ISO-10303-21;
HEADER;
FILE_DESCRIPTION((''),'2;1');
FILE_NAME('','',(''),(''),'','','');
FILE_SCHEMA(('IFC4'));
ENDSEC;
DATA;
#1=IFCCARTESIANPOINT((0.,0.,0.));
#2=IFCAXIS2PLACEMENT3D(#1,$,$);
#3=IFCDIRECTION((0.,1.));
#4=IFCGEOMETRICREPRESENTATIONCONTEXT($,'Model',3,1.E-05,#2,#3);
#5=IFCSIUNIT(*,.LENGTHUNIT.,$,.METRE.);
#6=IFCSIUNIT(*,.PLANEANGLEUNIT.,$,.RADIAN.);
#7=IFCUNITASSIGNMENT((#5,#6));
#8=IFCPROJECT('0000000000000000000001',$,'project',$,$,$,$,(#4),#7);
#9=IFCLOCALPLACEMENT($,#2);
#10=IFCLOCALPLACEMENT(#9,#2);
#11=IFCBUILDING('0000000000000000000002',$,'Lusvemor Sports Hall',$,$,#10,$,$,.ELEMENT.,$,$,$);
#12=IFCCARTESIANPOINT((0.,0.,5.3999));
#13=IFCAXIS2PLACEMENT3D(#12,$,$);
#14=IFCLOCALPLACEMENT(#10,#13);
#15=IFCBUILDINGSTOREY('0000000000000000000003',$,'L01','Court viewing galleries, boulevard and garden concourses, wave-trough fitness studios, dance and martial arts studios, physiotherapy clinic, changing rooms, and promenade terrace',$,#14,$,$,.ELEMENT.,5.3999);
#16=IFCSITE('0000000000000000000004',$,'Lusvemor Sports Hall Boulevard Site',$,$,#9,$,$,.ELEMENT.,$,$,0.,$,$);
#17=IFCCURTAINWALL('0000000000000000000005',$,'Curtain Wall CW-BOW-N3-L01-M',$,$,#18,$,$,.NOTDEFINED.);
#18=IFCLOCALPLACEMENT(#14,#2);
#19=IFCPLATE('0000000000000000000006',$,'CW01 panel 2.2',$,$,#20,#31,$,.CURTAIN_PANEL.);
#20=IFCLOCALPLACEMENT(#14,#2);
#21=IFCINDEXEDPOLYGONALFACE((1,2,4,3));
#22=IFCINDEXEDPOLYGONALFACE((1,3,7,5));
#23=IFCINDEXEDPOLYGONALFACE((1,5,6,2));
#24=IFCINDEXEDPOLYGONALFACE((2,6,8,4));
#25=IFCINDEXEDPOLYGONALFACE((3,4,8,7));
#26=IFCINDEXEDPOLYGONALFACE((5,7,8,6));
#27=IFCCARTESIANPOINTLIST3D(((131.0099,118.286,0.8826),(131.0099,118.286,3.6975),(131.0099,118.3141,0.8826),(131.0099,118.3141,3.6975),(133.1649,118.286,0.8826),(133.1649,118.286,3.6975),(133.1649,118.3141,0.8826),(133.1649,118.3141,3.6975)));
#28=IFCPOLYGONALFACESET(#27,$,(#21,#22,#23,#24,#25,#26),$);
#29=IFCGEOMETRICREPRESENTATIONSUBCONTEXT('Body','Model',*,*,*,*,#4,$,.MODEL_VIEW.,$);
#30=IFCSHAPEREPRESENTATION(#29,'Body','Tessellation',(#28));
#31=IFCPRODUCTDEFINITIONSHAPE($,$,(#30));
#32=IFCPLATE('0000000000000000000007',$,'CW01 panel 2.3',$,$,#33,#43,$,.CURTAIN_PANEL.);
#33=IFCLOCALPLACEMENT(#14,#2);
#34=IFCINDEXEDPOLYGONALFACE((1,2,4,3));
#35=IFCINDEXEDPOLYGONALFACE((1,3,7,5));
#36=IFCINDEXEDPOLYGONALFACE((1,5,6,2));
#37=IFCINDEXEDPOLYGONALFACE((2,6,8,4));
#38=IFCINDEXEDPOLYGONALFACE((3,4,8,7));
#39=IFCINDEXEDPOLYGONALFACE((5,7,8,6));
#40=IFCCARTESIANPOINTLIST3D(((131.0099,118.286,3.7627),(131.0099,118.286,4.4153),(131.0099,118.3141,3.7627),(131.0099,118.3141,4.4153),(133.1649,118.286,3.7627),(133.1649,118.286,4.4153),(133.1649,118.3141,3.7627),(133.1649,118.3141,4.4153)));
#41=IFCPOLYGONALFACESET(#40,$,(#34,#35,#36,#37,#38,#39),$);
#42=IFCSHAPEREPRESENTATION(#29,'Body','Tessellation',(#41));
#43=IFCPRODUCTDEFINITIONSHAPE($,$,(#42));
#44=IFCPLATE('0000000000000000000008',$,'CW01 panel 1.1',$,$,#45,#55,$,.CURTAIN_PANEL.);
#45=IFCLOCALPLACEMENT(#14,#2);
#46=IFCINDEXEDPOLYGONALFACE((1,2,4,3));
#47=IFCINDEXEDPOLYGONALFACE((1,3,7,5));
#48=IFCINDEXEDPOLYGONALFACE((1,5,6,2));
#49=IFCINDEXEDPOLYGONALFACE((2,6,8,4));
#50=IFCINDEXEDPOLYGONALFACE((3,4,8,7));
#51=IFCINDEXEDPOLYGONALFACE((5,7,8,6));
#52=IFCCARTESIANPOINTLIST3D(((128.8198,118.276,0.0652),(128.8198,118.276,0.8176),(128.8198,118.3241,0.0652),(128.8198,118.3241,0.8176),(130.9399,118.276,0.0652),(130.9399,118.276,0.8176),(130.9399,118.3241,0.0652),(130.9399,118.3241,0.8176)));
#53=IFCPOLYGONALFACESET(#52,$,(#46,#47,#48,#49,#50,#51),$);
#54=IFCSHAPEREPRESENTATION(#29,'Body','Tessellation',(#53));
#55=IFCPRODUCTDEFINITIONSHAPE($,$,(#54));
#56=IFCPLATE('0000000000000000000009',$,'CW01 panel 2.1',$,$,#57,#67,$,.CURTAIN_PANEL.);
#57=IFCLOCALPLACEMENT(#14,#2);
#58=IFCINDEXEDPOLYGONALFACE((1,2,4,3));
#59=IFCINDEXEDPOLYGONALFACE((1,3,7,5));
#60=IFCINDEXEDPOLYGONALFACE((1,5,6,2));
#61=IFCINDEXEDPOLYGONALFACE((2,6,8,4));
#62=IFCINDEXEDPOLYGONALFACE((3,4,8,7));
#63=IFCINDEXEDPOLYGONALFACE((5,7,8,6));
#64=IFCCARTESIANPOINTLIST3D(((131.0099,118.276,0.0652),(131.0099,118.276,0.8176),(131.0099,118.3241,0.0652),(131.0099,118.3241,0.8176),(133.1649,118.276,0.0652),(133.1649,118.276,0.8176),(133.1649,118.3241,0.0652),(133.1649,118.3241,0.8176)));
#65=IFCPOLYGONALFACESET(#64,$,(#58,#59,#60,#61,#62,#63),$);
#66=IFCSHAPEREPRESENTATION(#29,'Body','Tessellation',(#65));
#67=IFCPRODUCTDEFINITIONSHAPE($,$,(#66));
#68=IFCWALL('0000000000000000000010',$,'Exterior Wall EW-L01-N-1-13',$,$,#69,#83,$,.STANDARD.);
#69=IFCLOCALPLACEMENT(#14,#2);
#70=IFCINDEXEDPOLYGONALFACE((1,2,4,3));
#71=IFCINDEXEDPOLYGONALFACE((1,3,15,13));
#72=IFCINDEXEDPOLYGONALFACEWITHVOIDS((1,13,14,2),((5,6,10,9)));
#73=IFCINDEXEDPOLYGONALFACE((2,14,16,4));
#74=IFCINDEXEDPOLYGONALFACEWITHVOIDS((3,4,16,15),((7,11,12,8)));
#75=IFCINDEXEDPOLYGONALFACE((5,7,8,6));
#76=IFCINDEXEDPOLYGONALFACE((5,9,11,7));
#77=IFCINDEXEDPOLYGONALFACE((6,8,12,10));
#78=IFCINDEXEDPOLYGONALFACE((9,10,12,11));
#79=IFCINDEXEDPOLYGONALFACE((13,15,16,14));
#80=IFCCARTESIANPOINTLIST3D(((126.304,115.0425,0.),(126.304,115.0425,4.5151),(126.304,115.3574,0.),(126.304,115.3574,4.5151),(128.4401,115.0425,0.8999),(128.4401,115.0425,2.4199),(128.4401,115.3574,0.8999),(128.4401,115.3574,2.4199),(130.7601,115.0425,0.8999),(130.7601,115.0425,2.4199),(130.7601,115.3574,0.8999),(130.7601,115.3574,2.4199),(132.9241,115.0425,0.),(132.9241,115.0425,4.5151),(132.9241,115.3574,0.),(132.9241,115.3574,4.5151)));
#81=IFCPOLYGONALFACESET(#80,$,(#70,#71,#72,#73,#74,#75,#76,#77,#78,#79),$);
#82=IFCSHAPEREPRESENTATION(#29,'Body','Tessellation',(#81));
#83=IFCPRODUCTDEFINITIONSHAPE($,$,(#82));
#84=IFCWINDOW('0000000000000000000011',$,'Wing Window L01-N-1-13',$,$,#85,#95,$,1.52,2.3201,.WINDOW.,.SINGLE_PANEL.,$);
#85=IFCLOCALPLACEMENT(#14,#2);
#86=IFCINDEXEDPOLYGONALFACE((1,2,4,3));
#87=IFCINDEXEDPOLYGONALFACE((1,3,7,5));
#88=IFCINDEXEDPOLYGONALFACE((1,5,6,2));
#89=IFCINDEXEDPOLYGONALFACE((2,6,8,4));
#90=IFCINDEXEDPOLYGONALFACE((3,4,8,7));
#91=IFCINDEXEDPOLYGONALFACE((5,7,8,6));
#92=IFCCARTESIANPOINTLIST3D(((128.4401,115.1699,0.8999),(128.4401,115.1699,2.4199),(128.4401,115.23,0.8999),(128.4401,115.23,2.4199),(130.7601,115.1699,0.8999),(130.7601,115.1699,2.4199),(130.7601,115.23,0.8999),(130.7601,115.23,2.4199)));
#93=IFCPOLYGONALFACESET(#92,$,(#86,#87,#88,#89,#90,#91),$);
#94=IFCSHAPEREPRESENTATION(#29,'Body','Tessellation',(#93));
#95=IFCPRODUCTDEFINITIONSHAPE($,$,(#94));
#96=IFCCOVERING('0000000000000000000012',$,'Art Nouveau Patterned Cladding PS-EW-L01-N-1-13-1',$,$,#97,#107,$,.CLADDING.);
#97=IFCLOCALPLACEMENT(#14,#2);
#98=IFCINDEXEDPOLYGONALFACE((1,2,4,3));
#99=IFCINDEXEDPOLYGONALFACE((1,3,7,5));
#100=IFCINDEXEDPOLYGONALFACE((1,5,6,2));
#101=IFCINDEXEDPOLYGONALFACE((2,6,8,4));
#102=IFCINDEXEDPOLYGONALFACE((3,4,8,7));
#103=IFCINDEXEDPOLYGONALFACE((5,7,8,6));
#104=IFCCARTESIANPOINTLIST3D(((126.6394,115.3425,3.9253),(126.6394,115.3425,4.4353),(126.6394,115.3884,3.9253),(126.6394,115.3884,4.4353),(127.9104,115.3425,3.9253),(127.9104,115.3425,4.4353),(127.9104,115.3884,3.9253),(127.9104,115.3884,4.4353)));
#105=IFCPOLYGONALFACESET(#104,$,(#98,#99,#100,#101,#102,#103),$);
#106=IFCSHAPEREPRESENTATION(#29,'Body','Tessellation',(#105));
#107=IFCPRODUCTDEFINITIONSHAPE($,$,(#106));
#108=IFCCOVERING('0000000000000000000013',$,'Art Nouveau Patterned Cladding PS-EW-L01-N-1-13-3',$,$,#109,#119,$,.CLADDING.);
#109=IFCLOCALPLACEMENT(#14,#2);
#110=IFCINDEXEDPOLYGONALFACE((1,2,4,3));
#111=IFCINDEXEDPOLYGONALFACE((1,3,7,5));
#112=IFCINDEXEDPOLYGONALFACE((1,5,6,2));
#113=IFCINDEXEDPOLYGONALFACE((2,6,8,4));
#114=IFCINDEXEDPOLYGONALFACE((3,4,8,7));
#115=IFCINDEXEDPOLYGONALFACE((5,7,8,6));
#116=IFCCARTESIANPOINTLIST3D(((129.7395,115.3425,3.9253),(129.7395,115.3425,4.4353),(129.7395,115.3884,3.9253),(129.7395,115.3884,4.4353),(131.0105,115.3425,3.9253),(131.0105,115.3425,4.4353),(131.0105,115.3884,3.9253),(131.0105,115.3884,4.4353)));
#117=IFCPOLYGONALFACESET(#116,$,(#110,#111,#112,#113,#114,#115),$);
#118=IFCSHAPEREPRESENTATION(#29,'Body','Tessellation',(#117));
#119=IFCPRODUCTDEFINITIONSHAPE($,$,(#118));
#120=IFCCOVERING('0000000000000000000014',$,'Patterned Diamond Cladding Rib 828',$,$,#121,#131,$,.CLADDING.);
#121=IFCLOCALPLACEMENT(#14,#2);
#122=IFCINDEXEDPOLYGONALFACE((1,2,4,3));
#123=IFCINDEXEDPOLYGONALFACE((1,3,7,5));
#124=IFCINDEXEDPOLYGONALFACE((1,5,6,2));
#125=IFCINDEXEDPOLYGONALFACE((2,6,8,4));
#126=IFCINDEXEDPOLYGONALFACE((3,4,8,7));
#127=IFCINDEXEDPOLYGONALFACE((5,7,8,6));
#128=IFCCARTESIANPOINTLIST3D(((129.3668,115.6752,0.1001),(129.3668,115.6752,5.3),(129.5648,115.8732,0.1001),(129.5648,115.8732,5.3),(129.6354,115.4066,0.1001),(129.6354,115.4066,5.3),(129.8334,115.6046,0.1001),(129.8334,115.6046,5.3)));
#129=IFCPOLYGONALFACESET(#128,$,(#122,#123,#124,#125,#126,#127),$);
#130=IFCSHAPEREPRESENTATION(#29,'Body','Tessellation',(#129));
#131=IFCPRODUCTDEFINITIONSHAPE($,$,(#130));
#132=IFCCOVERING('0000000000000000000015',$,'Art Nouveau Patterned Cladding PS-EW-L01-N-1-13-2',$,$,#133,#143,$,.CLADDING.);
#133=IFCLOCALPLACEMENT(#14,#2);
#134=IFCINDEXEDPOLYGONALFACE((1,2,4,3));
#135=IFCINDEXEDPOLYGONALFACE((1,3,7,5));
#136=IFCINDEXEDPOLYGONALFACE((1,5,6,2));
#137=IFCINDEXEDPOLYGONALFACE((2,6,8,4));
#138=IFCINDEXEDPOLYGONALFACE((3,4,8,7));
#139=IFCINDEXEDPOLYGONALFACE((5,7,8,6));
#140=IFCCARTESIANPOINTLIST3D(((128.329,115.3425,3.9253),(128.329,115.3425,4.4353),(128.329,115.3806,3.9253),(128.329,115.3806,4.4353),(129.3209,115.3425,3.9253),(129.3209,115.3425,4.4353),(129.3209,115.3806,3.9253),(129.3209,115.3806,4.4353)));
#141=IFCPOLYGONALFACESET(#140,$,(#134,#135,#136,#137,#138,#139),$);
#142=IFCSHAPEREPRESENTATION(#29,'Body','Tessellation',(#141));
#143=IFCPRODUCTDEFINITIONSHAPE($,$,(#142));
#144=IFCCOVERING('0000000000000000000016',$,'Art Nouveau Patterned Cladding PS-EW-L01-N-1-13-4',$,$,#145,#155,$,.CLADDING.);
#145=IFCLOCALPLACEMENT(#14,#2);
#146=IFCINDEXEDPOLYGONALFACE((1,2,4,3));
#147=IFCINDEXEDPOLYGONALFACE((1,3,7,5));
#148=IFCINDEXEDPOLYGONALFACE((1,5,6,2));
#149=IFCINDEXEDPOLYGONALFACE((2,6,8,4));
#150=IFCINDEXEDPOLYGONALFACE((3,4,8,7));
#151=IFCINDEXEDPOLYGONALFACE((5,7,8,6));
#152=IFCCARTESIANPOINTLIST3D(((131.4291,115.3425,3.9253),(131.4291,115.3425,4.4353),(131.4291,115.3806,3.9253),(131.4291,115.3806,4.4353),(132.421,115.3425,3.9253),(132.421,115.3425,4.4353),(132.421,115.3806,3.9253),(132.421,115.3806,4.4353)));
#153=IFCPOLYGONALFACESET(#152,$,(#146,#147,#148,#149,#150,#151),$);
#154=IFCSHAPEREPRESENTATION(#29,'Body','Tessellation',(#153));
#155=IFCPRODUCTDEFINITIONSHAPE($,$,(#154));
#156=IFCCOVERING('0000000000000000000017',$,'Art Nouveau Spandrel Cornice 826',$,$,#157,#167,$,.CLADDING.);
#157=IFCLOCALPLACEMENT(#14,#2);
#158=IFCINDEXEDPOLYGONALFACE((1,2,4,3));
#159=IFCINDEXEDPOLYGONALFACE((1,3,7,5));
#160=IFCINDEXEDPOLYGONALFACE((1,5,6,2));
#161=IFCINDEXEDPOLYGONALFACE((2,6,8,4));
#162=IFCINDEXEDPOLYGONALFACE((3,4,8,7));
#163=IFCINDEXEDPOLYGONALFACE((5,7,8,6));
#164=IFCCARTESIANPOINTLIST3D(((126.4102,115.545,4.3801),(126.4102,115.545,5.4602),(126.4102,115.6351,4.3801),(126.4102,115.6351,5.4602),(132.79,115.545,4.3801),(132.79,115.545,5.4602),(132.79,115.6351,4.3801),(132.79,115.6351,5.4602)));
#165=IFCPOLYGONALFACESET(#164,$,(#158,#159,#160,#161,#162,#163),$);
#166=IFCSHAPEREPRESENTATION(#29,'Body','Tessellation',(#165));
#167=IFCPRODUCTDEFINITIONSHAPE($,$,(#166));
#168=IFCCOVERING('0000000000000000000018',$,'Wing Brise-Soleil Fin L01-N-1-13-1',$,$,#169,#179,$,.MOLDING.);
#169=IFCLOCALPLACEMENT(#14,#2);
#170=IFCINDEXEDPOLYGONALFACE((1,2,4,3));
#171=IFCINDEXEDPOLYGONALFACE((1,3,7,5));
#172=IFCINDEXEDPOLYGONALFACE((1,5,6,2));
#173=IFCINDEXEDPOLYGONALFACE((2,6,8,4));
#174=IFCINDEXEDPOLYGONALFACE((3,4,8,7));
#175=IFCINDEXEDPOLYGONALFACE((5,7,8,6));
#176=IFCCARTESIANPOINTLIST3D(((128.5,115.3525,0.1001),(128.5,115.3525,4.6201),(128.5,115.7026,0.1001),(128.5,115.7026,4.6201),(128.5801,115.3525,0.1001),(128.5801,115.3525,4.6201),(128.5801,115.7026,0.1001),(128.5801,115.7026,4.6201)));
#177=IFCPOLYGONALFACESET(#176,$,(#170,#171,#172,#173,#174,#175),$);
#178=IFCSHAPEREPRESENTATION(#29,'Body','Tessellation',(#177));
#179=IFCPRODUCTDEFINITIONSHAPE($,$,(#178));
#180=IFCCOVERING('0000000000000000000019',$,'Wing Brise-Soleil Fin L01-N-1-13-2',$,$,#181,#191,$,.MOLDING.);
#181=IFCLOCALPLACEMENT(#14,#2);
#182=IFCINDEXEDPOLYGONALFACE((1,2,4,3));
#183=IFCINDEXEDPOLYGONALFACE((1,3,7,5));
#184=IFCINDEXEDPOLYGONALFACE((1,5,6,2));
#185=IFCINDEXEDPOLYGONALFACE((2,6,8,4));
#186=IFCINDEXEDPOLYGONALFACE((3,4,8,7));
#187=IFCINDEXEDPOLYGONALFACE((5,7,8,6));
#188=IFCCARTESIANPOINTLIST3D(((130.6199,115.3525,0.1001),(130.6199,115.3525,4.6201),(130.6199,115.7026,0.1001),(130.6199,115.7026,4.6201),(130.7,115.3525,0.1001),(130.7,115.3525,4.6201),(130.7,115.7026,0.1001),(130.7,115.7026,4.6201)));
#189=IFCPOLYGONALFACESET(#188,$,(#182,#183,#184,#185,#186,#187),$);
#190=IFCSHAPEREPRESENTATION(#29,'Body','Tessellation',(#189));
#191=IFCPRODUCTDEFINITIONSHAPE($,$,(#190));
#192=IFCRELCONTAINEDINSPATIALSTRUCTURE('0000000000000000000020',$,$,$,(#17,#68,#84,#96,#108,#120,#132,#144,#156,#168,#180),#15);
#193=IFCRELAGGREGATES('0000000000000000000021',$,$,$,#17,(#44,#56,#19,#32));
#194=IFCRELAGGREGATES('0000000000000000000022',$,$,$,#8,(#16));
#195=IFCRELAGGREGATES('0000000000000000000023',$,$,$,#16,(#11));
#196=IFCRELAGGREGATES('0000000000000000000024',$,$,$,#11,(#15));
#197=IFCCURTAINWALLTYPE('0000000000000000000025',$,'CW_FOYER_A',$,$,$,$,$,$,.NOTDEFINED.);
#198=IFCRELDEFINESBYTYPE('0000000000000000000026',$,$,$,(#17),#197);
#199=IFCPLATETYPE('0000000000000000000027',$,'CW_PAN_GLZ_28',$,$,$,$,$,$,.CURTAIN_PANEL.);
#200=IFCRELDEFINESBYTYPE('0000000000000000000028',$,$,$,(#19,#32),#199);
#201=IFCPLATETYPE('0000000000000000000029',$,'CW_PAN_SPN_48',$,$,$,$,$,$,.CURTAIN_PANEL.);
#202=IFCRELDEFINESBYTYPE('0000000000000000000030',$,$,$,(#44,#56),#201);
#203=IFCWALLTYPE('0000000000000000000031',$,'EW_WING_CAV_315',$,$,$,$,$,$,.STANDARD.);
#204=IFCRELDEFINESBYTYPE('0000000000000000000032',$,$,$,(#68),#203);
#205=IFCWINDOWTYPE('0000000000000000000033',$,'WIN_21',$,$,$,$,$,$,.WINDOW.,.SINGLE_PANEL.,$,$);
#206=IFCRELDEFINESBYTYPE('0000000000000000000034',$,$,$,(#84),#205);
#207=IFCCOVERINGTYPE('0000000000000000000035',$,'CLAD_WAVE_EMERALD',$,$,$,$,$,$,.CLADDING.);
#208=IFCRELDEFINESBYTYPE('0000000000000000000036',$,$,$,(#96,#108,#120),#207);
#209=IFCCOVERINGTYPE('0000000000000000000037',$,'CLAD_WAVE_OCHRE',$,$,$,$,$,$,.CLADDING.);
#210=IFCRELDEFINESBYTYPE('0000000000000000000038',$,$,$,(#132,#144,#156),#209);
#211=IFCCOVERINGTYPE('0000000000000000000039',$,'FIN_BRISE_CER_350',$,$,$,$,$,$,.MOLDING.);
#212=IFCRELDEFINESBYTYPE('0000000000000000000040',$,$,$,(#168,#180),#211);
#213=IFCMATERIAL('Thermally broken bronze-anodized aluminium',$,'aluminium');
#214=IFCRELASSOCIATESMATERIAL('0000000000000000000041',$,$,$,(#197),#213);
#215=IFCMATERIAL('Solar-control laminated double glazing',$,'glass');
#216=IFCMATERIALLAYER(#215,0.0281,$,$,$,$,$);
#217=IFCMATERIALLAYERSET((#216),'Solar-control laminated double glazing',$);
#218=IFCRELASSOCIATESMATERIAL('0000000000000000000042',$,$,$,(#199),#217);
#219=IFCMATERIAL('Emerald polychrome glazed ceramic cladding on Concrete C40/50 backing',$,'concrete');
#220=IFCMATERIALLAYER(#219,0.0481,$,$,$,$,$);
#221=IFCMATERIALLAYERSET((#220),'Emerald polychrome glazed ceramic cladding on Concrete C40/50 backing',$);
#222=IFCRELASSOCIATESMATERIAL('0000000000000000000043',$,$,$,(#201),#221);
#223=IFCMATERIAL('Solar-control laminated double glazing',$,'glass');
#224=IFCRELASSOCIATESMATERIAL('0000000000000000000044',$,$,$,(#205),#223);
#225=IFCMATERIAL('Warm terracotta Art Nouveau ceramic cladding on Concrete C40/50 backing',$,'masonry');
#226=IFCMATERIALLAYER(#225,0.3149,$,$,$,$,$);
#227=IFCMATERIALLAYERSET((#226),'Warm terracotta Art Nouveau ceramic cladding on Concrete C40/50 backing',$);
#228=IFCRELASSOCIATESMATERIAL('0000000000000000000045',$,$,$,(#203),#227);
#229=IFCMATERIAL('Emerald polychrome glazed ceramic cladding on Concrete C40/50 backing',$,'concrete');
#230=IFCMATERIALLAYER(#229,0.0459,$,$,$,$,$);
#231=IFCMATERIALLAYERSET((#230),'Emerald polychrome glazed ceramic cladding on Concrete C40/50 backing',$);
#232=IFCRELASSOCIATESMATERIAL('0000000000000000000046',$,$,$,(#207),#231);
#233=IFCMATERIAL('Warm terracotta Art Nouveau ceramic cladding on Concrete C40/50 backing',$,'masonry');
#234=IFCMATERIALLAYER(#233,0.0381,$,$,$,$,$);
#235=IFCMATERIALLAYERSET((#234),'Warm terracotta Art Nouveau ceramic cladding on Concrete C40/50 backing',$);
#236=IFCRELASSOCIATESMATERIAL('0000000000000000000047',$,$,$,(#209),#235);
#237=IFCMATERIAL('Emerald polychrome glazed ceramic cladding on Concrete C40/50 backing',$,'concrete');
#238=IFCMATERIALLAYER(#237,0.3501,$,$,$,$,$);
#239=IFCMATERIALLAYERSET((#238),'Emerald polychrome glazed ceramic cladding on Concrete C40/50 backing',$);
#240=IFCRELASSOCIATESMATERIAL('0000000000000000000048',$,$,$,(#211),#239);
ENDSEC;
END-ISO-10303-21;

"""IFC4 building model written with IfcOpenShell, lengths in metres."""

from ifc_helpers import new_model, si_unit, direction, frame, frame_2d, origin, origin_2d, place, context, subcontext, project, spatial, rectangle, extrude, material, layer, layer_set, type_object, element, fill, aggregate, save


model = new_model("IFC4")

# Units and contexts
model_context = context("Model", 3, precision=1e-05, world=origin(), true_north=direction((0.0, 1.0)))
body_context = subcontext(model_context, "Body", "Model", "MODEL_VIEW")
ifc_project = project(units=[si_unit("LENGTHUNIT", "METRE"), si_unit("PLANEANGLEUNIT", "RADIAN")], contexts=[model_context])

# Site, building, storey
site_placement = place(None, origin())
site = spatial("IfcSite", under=ifc_project, at=site_placement, Name="Lusvemor Sports Hall Boulevard Site", CompositionType="ELEMENT", RefElevation=0.0)
building_placement = place(site_placement, origin())
building = spatial("IfcBuilding", under=site, at=building_placement, Name="Lusvemor Sports Hall", CompositionType="ELEMENT")
storey_placement = place(building_placement, frame((0.0, 0.0, 5.3999)))
storey = spatial("IfcBuildingStorey", under=building, at=storey_placement, Name="L01", Description="Court viewing galleries, boulevard and garden concourses, wave-trough fitness studios, dance and martial arts studios, physiotherapy clinic, changing rooms, and promenade terrace", CompositionType="ELEMENT", Elevation=5.3999)

# Curtain wall
ifc_material_1 = material(Name="Thermally broken bronze-anodized aluminium", Category="aluminium")
curtain_wall_type = type_object("IfcCurtainWallType", Name="CW_FOYER_A", PredefinedType="NOTDEFINED", material=ifc_material_1)
curtain_wall_placement = place(storey_placement, origin())
curtain_wall = element("IfcCurtainWall", 1, at=curtain_wall_placement, inside=storey, type_object=curtain_wall_type, Name="Curtain Wall CW-BOW-N3-L01-M", PredefinedType="NOTDEFINED")

# Plates
ifc_material_2 = material(Name="Solar-control laminated double glazing", Category="glass")
ifc_layer_1 = layer(ifc_material_2, 0.0281)
ifc_layer_set_1 = layer_set([ifc_layer_1], Name="Solar-control laminated double glazing")
plate_type_1 = type_object("IfcPlateType", Name="CW_PAN_GLZ_28", PredefinedType="CURTAIN_PANEL", material=ifc_layer_set_1)
plate_1_placement = place(storey_placement, frame((132.0874, 118.3, 0.8826), z_axis=(0.0, 0.0, 1.0), x_axis=(1.0, 0.0, 0.0)))
plate_1 = element("IfcPlate", 2, at=plate_1_placement, type_object=plate_type_1, Name="CW01 panel 2.2", PredefinedType="CURTAIN_PANEL", context=body_context, shape_type="SweptSolid", body=[
    extrude(rectangle(XDim=2.155, YDim=0.0281, at=origin_2d()), origin(), (0.0, 0.0, 1.0), 2.8149),
])
plate_2_placement = place(storey_placement, frame((132.0874, 118.3, 3.7627), z_axis=(0.0, 0.0, 1.0), x_axis=(1.0, 0.0, 0.0)))
plate_2 = element("IfcPlate", 3, at=plate_2_placement, type_object=plate_type_1, Name="CW01 panel 2.3", PredefinedType="CURTAIN_PANEL", context=body_context, shape_type="SweptSolid", body=[
    extrude(rectangle(XDim=2.155, YDim=0.0281, at=origin_2d()), origin(), (0.0, 0.0, 1.0), 0.6526),
])
ifc_material_3 = material(Name="Emerald polychrome glazed ceramic cladding on Concrete C40/50 backing", Category="concrete")
ifc_layer_2 = layer(ifc_material_3, 0.0481)
ifc_layer_set_2 = layer_set([ifc_layer_2], Name="Emerald polychrome glazed ceramic cladding on Concrete C40/50 backing")
plate_type_2 = type_object("IfcPlateType", Name="CW_PAN_SPN_48", PredefinedType="CURTAIN_PANEL", material=ifc_layer_set_2)
plate_3_placement = place(storey_placement, frame((129.8799, 118.3, 0.0652), z_axis=(0.0, 0.0, 1.0), x_axis=(1.0, 0.0, 0.0)))
plate_3 = element("IfcPlate", 4, at=plate_3_placement, type_object=plate_type_2, Name="CW01 panel 1.1", PredefinedType="CURTAIN_PANEL", context=body_context, shape_type="SweptSolid", body=[
    extrude(rectangle(XDim=2.1201, YDim=0.0481, at=origin_2d()), origin(), (0.0, 0.0, 1.0), 0.7524),
])
plate_4_placement = place(storey_placement, frame((132.0874, 118.3, 0.0652), z_axis=(0.0, 0.0, 1.0), x_axis=(1.0, 0.0, 0.0)))
plate_4 = element("IfcPlate", 5, at=plate_4_placement, type_object=plate_type_2, Name="CW01 panel 2.1", PredefinedType="CURTAIN_PANEL", context=body_context, shape_type="SweptSolid", body=[
    extrude(rectangle(XDim=2.155, YDim=0.0481, at=origin_2d()), origin(), (0.0, 0.0, 1.0), 0.7524),
])
aggregate(curtain_wall, [plate_3, plate_4, plate_1, plate_2])

# Wall, opening, window
ifc_material_4 = material(Name="Solar-control laminated double glazing", Category="glass")
window_type = type_object("IfcWindowType", Name="WIN_21", PartitioningType="SINGLE_PANEL", PredefinedType="WINDOW", material=ifc_material_4)
ifc_material_5 = material(Name="Warm terracotta Art Nouveau ceramic cladding on Concrete C40/50 backing", Category="masonry")
ifc_layer_3 = layer(ifc_material_5, 0.3149)
ifc_layer_set_3 = layer_set([ifc_layer_3], Name="Warm terracotta Art Nouveau ceramic cladding on Concrete C40/50 backing")
wall_type_1 = type_object("IfcWallType", Name="EW_WING_CAV_315", PredefinedType="STANDARD", material=ifc_layer_set_3)
wall_1_placement = place(storey_placement, frame((126.304, 115.2, 0.0), z_axis=(0.0, 0.0, 1.0), x_axis=(1.0, 0.0, 0.0)))
wall_1 = element("IfcWall", 6, at=wall_1_placement, inside=storey, type_object=wall_type_1, Name="Exterior Wall EW-L01-N-1-13", PredefinedType="STANDARD", context=body_context, shape_type="SweptSolid", body=[
    extrude(rectangle(XDim=6.6201, YDim=0.3149, at=frame_2d((3.3101, 0.0))), origin(), (0.0, 0.0, 1.0), 4.5151),
])
opening_1_placement = place(wall_1_placement, frame((2.136, 0.0, 0.8999)))
opening_1 = element("IfcOpeningElement", 7, at=opening_1_placement, cuts=wall_1, PredefinedType="OPENING", context=body_context, shape_type="SweptSolid", body=[
    extrude(rectangle(XDim=2.3201, YDim=1.52, at=frame_2d((1.1602, 0.76))), frame((0.0, 0.1575, 0.0), z_axis=(0.0, -1.0, 0.0), x_axis=(1.0, 0.0, 0.0)), (0.0, 0.0, 1.0), 0.3149),
])
window_1_placement = place(opening_1_placement, origin())
window_1 = element("IfcWindow", 8, at=window_1_placement, inside=storey, type_object=window_type, Name="Wing Window L01-N-1-13", OverallHeight=1.52, OverallWidth=2.3201, PartitioningType="SINGLE_PANEL", PredefinedType="WINDOW", context=body_context, shape_type="SweptSolid", body=[
    extrude(rectangle(XDim=2.3201, YDim=1.52, at=frame_2d((1.1602, 0.76))), frame((0.0, 0.03, 0.0), z_axis=(0.0, -1.0, 0.0), x_axis=(1.0, 0.0, 0.0)), (0.0, 0.0, 1.0), 0.0601),
])
fill(opening_1, window_1)

# Coverings
ifc_material_6 = material(Name="Emerald polychrome glazed ceramic cladding on Concrete C40/50 backing", Category="concrete")
ifc_layer_4 = layer(ifc_material_6, 0.0459)
ifc_layer_set_4 = layer_set([ifc_layer_4], Name="Emerald polychrome glazed ceramic cladding on Concrete C40/50 backing")
covering_type_1 = type_object("IfcCoveringType", Name="CLAD_WAVE_EMERALD", PredefinedType="CLADDING", material=ifc_layer_set_4)
for number, where, z_axis, x_axis, name in (
    (9, (127.2749, 115.3655, 3.9253), (0.0, 0.0, 1.0), (1.0, 0.0, 0.0), "Art Nouveau Patterned Cladding PS-EW-L01-N-1-13-1"),
    (10, (130.375, 115.3655, 3.9253), (0.0, 0.0, 1.0), (1.0, 0.0, 0.0), "Art Nouveau Patterned Cladding PS-EW-L01-N-1-13-3"),
):
    element("IfcCovering", number, at=place(storey_placement, frame(where, z_axis=z_axis, x_axis=x_axis)), inside=storey, type_object=covering_type_1, Name=name, PredefinedType="CLADDING", context=body_context, shape_type="SweptSolid", body=[
        extrude(rectangle(XDim=1.271, YDim=0.0459, at=origin_2d()), origin(), (0.0, 0.0, 1.0), 0.51),
    ])
covering_1_placement = place(storey_placement, frame((129.6001, 115.6399, 0.1001), z_axis=(0.0, 0.0, 1.0), x_axis=(0.707107, 0.707107, 0.0)))
element("IfcCovering", 11, at=covering_1_placement, inside=storey, type_object=covering_type_1, Name="Patterned Diamond Cladding Rib 828", PredefinedType="CLADDING", context=body_context, shape_type="SweptSolid", body=[
    extrude(rectangle(XDim=0.28, YDim=0.3799, at=origin_2d()), origin(), (0.0, 0.0, 1.0), 5.2),
])
ifc_material_7 = material(Name="Warm terracotta Art Nouveau ceramic cladding on Concrete C40/50 backing", Category="masonry")
ifc_layer_5 = layer(ifc_material_7, 0.0381)
ifc_layer_set_5 = layer_set([ifc_layer_5], Name="Warm terracotta Art Nouveau ceramic cladding on Concrete C40/50 backing")
covering_type_2 = type_object("IfcCoveringType", Name="CLAD_WAVE_OCHRE", PredefinedType="CLADDING", material=ifc_layer_set_5)
for number, where, z_axis, x_axis, name in (
    (12, (128.825, 115.3616, 3.9253), (0.0, 0.0, 1.0), (1.0, 0.0, 0.0), "Art Nouveau Patterned Cladding PS-EW-L01-N-1-13-2"),
    (13, (131.925, 115.3616, 3.9253), (0.0, 0.0, 1.0), (1.0, 0.0, 0.0), "Art Nouveau Patterned Cladding PS-EW-L01-N-1-13-4"),
):
    element("IfcCovering", number, at=place(storey_placement, frame(where, z_axis=z_axis, x_axis=x_axis)), inside=storey, type_object=covering_type_2, Name=name, PredefinedType="CLADDING", context=body_context, shape_type="SweptSolid", body=[
        extrude(rectangle(XDim=0.9919, YDim=0.0381, at=origin_2d()), origin(), (0.0, 0.0, 1.0), 0.51),
    ])
covering_2_placement = place(storey_placement, frame((129.6001, 115.5901, 4.3801), z_axis=(0.0, 0.0, 1.0), x_axis=(1.0, 0.0, 0.0)))
element("IfcCovering", 14, at=covering_2_placement, inside=storey, type_object=covering_type_2, Name="Art Nouveau Spandrel Cornice 826", PredefinedType="CLADDING", context=body_context, shape_type="SweptSolid", body=[
    extrude(rectangle(XDim=6.3799, YDim=0.0901, at=origin_2d()), origin(), (0.0, 0.0, 1.0), 1.0801),
])
ifc_material_8 = material(Name="Emerald polychrome glazed ceramic cladding on Concrete C40/50 backing", Category="concrete")
ifc_layer_6 = layer(ifc_material_8, 0.3501)
ifc_layer_set_6 = layer_set([ifc_layer_6], Name="Emerald polychrome glazed ceramic cladding on Concrete C40/50 backing")
covering_type_3 = type_object("IfcCoveringType", Name="FIN_BRISE_CER_350", PredefinedType="MOLDING", material=ifc_layer_set_6)
for number, where, z_axis, x_axis, name in (
    (15, (128.54, 115.5276, 0.1001), (0.0, 0.0, 1.0), (1.0, 0.0, 0.0), "Wing Brise-Soleil Fin L01-N-1-13-1"),
    (16, (130.6599, 115.5276, 0.1001), (0.0, 0.0, 1.0), (1.0, 0.0, 0.0), "Wing Brise-Soleil Fin L01-N-1-13-2"),
):
    element("IfcCovering", number, at=place(storey_placement, frame(where, z_axis=z_axis, x_axis=x_axis)), inside=storey, type_object=covering_type_3, Name=name, PredefinedType="MOLDING", context=body_context, shape_type="SweptSolid", body=[
        extrude(rectangle(XDim=0.0801, YDim=0.3501, at=origin_2d()), origin(), (0.0, 0.0, 1.0), 4.52),
    ])

save(model, "model.ifc")
